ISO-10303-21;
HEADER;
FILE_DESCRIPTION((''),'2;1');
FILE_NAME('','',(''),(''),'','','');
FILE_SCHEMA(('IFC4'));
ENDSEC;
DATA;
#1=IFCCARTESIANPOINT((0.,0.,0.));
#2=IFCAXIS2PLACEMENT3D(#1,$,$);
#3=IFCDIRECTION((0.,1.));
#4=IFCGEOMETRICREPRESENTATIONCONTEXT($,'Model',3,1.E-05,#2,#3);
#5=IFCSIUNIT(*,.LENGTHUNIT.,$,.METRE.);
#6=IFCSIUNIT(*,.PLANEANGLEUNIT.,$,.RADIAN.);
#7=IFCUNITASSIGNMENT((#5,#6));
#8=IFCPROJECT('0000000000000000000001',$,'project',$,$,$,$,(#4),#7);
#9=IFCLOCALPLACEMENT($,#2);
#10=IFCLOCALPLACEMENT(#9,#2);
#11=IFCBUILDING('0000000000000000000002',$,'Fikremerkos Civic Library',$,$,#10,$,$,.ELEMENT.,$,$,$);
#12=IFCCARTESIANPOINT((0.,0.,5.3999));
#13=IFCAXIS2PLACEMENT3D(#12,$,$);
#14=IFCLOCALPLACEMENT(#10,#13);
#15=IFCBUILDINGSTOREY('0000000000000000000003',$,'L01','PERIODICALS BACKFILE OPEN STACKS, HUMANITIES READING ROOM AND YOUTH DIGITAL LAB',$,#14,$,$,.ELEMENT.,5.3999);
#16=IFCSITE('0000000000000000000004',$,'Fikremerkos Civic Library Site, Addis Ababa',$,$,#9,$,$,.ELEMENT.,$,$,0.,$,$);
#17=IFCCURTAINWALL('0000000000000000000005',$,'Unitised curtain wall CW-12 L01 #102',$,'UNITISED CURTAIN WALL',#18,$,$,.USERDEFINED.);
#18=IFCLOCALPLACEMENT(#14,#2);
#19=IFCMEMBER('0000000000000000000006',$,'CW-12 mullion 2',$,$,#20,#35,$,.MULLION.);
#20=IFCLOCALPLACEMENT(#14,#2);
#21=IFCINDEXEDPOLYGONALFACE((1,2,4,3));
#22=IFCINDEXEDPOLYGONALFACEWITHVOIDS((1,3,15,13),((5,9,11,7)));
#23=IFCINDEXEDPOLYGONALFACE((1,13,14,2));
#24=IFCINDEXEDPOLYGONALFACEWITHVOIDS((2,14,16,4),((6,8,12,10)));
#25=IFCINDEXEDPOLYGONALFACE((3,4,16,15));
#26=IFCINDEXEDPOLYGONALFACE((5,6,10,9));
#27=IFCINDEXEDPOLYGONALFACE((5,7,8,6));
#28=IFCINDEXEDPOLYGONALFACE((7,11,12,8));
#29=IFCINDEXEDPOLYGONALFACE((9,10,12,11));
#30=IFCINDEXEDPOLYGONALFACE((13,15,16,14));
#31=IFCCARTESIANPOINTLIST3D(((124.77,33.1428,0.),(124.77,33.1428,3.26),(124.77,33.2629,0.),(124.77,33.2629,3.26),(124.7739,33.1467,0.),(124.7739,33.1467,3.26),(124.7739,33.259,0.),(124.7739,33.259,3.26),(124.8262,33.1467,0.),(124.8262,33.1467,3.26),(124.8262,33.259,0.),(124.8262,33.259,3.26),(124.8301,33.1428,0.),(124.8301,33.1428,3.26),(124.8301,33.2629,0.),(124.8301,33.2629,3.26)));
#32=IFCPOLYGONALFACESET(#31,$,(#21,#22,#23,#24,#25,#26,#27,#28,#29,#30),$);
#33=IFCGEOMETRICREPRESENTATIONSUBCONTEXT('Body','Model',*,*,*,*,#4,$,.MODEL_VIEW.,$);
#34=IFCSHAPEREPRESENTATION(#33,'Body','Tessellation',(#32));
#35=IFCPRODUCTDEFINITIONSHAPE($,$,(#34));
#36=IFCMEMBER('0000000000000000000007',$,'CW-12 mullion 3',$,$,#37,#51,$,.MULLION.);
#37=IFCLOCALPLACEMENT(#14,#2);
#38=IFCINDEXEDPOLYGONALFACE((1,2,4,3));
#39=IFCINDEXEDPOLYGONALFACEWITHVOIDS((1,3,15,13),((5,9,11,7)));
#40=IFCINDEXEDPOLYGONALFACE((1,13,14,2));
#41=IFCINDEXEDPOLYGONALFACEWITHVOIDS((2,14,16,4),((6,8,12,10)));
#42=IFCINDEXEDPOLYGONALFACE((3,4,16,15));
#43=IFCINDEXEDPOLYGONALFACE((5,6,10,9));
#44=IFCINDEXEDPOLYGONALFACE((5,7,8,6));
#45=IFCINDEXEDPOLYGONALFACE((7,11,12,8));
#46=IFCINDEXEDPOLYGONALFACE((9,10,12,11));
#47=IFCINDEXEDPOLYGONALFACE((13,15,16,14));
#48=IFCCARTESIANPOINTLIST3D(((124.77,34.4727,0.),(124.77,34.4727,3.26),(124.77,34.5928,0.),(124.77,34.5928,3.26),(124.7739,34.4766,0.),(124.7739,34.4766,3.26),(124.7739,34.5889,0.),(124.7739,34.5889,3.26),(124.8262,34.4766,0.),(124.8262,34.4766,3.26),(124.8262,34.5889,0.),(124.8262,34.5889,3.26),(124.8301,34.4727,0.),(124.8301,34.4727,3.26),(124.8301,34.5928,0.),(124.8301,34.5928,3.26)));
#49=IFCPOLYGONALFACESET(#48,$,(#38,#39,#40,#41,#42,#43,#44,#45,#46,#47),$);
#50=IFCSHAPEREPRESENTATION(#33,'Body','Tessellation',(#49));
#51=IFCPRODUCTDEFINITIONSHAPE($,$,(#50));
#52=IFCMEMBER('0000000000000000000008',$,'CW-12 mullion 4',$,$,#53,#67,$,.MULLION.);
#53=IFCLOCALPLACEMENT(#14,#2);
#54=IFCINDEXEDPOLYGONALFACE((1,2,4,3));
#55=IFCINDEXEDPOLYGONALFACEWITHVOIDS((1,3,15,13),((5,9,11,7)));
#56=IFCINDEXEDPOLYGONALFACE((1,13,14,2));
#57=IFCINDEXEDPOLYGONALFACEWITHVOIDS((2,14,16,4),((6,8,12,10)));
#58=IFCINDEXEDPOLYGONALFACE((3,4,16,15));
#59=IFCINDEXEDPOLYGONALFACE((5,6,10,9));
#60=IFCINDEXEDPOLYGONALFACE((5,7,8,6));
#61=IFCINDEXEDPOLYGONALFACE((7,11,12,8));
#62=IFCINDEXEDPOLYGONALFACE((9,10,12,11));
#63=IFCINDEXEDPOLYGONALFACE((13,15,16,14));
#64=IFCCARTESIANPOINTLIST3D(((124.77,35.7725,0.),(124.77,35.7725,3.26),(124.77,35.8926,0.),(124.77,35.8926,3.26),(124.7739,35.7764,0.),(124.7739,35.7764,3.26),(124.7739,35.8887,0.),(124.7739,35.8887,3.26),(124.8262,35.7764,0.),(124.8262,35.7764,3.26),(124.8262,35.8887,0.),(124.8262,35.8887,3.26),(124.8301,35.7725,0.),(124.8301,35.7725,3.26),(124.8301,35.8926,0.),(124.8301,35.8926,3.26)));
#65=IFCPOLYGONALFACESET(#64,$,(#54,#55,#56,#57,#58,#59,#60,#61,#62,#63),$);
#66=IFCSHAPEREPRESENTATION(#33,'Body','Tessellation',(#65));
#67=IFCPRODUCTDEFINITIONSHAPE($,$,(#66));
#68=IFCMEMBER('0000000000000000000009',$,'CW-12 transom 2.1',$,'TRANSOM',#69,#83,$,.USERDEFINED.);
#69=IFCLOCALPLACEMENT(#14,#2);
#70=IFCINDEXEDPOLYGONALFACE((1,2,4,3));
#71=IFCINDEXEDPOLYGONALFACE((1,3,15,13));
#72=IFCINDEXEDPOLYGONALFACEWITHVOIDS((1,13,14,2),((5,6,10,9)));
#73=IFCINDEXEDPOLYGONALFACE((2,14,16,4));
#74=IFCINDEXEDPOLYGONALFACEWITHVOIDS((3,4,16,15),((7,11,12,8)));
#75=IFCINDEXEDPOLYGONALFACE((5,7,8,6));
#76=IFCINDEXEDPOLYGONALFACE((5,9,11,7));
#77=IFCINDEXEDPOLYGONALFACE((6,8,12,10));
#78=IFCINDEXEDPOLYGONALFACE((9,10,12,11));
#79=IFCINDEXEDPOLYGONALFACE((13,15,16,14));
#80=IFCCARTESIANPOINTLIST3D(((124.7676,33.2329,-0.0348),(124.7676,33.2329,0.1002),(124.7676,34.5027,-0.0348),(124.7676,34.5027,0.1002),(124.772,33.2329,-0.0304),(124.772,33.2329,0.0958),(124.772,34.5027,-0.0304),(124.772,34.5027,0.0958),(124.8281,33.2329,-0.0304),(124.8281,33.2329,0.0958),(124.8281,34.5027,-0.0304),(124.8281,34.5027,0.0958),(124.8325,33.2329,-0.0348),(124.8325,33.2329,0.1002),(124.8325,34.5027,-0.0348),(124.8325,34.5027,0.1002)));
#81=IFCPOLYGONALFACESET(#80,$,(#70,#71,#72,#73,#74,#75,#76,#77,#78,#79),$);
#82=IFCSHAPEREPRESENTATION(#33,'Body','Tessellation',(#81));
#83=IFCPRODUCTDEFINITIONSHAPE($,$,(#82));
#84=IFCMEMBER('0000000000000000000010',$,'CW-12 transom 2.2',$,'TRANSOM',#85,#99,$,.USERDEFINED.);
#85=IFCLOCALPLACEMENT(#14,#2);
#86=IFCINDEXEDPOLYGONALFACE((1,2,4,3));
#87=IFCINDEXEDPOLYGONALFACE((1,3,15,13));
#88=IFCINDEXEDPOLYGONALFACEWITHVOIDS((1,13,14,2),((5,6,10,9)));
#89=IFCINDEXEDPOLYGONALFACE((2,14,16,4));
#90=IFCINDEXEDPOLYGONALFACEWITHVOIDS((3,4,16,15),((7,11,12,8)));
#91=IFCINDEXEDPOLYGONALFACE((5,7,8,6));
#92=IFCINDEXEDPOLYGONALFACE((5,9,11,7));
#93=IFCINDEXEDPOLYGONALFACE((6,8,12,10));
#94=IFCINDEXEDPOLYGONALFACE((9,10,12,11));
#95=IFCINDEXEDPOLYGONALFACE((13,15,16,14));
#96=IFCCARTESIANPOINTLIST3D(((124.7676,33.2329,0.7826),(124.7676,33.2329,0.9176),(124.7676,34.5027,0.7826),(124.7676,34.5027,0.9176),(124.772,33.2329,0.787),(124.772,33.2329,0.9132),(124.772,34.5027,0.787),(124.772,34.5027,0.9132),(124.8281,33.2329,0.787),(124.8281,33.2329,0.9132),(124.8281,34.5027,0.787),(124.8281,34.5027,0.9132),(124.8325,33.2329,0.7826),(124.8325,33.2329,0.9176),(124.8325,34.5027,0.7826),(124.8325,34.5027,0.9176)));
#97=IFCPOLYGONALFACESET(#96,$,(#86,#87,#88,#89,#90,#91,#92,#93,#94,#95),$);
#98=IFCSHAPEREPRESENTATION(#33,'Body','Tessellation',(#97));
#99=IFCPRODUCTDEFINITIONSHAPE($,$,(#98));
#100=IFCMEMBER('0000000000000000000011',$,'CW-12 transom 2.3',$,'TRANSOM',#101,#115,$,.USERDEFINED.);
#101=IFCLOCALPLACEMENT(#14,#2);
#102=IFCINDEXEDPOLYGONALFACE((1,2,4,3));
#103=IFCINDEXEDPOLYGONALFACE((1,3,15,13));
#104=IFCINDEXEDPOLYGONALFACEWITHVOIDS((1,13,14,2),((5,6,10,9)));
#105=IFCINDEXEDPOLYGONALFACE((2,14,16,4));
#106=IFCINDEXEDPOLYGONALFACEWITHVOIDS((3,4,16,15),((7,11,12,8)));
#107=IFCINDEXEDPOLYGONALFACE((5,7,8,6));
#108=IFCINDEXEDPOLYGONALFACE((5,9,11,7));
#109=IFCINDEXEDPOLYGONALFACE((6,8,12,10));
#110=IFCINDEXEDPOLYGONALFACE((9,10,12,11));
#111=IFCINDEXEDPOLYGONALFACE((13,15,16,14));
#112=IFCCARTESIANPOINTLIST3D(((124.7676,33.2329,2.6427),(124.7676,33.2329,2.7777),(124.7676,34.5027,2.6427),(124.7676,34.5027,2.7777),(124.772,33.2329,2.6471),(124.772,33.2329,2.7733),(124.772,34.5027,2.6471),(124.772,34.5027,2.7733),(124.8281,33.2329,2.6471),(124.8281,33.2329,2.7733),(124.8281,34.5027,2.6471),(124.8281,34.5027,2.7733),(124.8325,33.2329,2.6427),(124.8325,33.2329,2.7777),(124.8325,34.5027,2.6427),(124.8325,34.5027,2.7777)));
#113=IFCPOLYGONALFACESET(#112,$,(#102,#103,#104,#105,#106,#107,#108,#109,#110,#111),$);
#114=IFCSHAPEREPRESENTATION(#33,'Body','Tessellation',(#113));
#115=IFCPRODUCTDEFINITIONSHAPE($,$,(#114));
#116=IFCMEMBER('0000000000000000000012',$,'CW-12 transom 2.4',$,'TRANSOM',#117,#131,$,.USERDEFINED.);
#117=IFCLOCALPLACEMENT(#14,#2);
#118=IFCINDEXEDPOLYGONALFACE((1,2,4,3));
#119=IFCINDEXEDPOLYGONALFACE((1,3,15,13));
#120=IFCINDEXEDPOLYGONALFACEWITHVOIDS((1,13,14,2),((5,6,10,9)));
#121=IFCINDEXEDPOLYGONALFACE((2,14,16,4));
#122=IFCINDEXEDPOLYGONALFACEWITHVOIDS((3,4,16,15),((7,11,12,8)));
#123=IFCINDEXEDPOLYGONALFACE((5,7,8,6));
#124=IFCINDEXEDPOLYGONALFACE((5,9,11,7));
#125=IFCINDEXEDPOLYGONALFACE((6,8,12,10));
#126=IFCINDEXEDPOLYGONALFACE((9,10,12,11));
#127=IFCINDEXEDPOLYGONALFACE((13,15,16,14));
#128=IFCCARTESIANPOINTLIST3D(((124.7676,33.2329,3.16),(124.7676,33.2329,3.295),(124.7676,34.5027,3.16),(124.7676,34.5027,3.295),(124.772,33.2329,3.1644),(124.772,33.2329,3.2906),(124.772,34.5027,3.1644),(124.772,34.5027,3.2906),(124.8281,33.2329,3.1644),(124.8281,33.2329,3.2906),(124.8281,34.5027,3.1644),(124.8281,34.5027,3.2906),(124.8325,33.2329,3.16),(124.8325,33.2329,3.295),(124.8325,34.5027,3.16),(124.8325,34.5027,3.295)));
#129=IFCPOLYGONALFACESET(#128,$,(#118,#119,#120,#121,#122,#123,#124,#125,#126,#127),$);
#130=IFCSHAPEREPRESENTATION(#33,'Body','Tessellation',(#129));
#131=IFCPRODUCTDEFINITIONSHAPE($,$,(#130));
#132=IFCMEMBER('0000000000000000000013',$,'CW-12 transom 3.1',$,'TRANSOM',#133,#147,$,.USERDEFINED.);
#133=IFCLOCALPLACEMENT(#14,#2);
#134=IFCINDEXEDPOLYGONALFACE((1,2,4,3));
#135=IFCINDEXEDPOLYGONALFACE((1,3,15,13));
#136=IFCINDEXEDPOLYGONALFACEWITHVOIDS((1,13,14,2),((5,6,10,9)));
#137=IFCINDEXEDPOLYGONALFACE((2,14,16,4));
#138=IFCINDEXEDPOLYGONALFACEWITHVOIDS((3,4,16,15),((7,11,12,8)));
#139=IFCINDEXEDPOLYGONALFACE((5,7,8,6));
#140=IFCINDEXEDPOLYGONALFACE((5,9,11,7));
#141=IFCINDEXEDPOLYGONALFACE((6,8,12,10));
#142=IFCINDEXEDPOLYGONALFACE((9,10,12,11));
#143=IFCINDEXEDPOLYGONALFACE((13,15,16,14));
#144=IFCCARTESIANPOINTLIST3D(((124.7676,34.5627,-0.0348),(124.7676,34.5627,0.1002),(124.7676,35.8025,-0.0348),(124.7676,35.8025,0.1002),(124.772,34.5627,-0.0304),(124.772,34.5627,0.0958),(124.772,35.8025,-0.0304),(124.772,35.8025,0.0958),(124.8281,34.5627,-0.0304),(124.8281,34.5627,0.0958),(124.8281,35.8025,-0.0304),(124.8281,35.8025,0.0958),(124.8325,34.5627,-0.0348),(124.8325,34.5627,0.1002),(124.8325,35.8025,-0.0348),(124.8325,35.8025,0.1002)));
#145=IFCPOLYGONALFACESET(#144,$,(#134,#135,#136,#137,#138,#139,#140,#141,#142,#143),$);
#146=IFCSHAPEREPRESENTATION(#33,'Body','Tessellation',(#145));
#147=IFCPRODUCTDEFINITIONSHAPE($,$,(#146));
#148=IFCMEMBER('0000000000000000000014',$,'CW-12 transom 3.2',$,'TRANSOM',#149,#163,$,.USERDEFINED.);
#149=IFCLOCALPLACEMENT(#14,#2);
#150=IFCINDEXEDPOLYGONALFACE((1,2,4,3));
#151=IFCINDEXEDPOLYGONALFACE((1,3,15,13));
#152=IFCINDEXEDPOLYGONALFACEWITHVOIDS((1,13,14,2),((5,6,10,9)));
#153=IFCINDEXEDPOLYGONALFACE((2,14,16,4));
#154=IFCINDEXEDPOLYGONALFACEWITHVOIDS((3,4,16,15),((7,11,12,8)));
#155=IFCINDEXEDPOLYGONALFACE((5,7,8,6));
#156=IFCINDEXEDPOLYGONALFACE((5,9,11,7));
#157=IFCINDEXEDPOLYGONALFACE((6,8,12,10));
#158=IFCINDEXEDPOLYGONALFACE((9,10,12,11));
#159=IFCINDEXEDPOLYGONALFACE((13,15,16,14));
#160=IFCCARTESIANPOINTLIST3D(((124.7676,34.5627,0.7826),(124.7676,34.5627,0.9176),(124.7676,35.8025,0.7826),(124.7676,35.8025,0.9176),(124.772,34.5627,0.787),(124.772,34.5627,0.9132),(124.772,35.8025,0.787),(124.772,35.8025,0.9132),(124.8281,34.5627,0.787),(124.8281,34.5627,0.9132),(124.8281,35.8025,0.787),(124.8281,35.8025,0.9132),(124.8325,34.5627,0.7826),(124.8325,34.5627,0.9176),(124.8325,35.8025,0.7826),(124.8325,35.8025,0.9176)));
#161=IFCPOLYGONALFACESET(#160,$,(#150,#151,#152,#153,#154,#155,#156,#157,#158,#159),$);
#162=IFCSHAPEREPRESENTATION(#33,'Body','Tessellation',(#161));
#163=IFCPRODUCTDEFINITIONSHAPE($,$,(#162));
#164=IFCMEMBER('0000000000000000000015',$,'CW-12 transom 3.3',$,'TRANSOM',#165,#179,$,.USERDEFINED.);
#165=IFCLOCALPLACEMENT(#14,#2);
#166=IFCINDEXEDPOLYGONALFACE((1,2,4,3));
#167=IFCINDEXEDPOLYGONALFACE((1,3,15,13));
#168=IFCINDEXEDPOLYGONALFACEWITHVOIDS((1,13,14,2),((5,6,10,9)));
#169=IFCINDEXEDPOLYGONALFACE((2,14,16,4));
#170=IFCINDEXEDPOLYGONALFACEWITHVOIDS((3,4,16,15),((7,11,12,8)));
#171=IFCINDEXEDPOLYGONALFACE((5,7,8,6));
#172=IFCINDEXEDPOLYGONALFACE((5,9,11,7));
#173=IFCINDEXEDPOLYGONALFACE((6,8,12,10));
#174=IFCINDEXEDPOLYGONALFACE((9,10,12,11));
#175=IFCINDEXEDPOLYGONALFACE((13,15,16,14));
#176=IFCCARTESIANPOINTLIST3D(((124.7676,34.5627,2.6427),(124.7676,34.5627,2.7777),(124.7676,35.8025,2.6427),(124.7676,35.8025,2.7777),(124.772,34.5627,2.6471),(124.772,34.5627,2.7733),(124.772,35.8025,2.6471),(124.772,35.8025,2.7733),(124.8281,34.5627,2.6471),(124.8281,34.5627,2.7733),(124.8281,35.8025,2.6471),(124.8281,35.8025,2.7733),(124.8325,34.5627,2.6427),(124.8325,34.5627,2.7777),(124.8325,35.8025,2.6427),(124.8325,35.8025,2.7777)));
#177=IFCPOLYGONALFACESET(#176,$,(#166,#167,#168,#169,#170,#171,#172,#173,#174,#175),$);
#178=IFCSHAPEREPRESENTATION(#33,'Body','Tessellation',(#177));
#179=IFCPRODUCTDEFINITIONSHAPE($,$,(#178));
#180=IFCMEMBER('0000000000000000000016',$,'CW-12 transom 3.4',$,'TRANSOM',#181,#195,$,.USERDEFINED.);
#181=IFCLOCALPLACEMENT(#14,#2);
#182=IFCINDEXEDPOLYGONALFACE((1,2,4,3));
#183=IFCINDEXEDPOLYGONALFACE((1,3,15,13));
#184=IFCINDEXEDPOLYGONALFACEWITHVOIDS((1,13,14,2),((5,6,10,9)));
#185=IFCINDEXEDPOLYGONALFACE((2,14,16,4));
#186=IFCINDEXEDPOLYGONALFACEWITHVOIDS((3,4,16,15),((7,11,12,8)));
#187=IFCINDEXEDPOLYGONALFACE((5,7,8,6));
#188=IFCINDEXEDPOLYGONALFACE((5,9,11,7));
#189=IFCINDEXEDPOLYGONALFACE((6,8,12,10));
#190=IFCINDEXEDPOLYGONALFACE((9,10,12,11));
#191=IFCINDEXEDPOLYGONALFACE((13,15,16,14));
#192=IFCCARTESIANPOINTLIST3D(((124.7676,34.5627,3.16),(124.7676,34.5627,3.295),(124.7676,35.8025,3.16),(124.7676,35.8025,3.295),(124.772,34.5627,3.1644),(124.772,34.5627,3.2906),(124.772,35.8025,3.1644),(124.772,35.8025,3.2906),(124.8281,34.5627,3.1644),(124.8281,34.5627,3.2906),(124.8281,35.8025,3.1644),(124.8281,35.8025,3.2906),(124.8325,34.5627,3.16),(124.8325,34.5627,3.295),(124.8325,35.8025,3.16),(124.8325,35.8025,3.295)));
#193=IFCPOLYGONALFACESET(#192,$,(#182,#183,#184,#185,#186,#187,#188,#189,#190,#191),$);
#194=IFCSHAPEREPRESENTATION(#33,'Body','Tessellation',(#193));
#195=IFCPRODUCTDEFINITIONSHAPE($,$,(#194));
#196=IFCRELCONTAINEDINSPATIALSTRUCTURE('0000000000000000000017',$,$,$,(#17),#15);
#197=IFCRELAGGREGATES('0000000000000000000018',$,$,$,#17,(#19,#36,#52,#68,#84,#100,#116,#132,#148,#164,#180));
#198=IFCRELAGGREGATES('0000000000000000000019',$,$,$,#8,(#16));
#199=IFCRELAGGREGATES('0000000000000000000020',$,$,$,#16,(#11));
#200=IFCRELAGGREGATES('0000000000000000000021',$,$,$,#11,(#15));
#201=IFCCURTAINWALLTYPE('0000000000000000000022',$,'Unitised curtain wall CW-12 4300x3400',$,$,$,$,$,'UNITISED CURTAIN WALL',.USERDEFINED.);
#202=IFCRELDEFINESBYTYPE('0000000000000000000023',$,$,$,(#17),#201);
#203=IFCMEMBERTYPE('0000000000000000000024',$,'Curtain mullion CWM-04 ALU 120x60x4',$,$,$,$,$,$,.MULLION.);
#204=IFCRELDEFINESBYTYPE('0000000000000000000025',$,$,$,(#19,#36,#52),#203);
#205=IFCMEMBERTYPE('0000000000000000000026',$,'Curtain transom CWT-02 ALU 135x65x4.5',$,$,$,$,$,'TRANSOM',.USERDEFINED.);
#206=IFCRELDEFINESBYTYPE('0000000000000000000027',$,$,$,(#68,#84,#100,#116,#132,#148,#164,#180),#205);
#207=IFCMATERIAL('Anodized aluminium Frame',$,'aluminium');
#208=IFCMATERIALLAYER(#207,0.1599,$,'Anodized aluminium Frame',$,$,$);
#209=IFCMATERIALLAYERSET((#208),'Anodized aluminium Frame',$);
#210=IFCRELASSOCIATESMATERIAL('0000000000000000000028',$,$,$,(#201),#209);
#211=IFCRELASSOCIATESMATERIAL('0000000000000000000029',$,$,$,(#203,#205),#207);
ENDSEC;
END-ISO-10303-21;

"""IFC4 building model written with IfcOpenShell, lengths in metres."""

from ifc_helpers import new_model, si_unit, direction, frame, origin, origin_2d, place, context, subcontext, project, spatial, hollow_rectangle, extrude, material, layer, layer_set, material_profile, profile_set, type_object, element, aggregate, save


model = new_model("IFC4")

# Units and contexts
model_context = context("Model", 3, precision=1e-05, world=origin(), true_north=direction((0.0, 1.0)))
body_context = subcontext(model_context, "Body", "Model", "MODEL_VIEW")
ifc_project = project(units=[si_unit("LENGTHUNIT", "METRE"), si_unit("PLANEANGLEUNIT", "RADIAN")], contexts=[model_context])

# Site, building, storey
site_placement = place(None, origin())
site = spatial("IfcSite", under=ifc_project, at=site_placement, Name="Fikremerkos Civic Library Site, Addis Ababa", CompositionType="ELEMENT", RefElevation=0.0)
building_placement = place(site_placement, origin())
building = spatial("IfcBuilding", under=site, at=building_placement, Name="Fikremerkos Civic Library", CompositionType="ELEMENT")
storey_placement = place(building_placement, frame((0.0, 0.0, 5.3999)))
storey = spatial("IfcBuildingStorey", under=building, at=storey_placement, Name="L01", Description="PERIODICALS BACKFILE OPEN STACKS, HUMANITIES READING ROOM AND YOUTH DIGITAL LAB", CompositionType="ELEMENT", Elevation=5.3999)

# Curtain wall, members
ifc_material_1 = material(Name="Anodized aluminium Frame", Category="aluminium")
ifc_layer_1 = layer(ifc_material_1, 0.1599, Name="Anodized aluminium Frame")
ifc_layer_set_1 = layer_set([ifc_layer_1], Name="Anodized aluminium Frame")
curtain_wall_type = type_object("IfcCurtainWallType", Name="Unitised curtain wall CW-12 4300x3400", ElementType="UNITISED CURTAIN WALL", PredefinedType="USERDEFINED", material=ifc_layer_set_1)
curtain_wall_placement = place(storey_placement, origin())
curtain_wall = element("IfcCurtainWall", 1, at=curtain_wall_placement, inside=storey, type_object=curtain_wall_type, Name="Unitised curtain wall CW-12 L01 #102", ObjectType="UNITISED CURTAIN WALL", PredefinedType="USERDEFINED")
ifc_material_profile_1 = material_profile(ifc_material_1, hollow_rectangle(XDim=0.0601, YDim=0.1201, WallThickness=0.0039, at=origin_2d()), Name="ALU 120x60x4")
ifc_profile_set_1 = profile_set([ifc_material_profile_1], Name="Anodized aluminium Frame")
member_type_1 = type_object("IfcMemberType", Name="Curtain mullion CWM-04 ALU 120x60x4", PredefinedType="MULLION", material=ifc_profile_set_1)
member_1_placement = place(storey_placement, frame((124.8, 33.2029, 0.0), z_axis=(0.0, 0.0, 1.0), x_axis=(-1.0, 0.0, 0.0)))
member_1 = element("IfcMember", 2, at=member_1_placement, type_object=member_type_1, Name="CW-12 mullion 2", PredefinedType="MULLION", context=body_context, shape_type="SweptSolid", body=[
    extrude(hollow_rectangle(XDim=0.0601, YDim=0.1201, WallThickness=0.0039, at=origin_2d()), origin(), (0.0, 0.0, 1.0), 3.26),
])
member_2_placement = place(storey_placement, frame((124.8, 34.5327, 0.0), z_axis=(0.0, 0.0, 1.0), x_axis=(-1.0, 0.0, 0.0)))
member_2 = element("IfcMember", 3, at=member_2_placement, type_object=member_type_1, Name="CW-12 mullion 3", PredefinedType="MULLION", context=body_context, shape_type="SweptSolid", body=[
    extrude(hollow_rectangle(XDim=0.0601, YDim=0.1201, WallThickness=0.0039, at=origin_2d()), origin(), (0.0, 0.0, 1.0), 3.26),
])
member_3_placement = place(storey_placement, frame((124.8, 35.8325, 0.0), z_axis=(0.0, 0.0, 1.0), x_axis=(-1.0, 0.0, 0.0)))
member_3 = element("IfcMember", 4, at=member_3_placement, type_object=member_type_1, Name="CW-12 mullion 4", PredefinedType="MULLION", context=body_context, shape_type="SweptSolid", body=[
    extrude(hollow_rectangle(XDim=0.0601, YDim=0.1201, WallThickness=0.0039, at=origin_2d()), origin(), (0.0, 0.0, 1.0), 3.26),
])
ifc_material_profile_2 = material_profile(ifc_material_1, hollow_rectangle(XDim=0.0649, YDim=0.135, WallThickness=0.0044, at=origin_2d()), Name="ALU 135x65x4.5")
ifc_profile_set_2 = profile_set([ifc_material_profile_2], Name="Anodized aluminium Frame")
member_type_2 = type_object("IfcMemberType", Name="Curtain transom CWT-02 ALU 135x65x4.5", ElementType="TRANSOM", PredefinedType="USERDEFINED", material=ifc_profile_set_2)
member_4_placement = place(storey_placement, frame((124.8, 33.2329, 0.0327), z_axis=(0.0, 1.0, 0.0), x_axis=(-1.0, 0.0, 0.0)))
member_4 = element("IfcMember", 5, at=member_4_placement, type_object=member_type_2, Name="CW-12 transom 2.1", ObjectType="TRANSOM", PredefinedType="USERDEFINED", context=body_context, shape_type="SweptSolid", body=[
    extrude(hollow_rectangle(XDim=0.0649, YDim=0.135, WallThickness=0.0044, at=origin_2d()), origin(), (0.0, 0.0, 1.0), 1.2698),
])
member_5_placement = place(storey_placement, frame((124.8, 33.2329, 0.8501), z_axis=(0.0, 1.0, 0.0), x_axis=(-1.0, 0.0, 0.0)))
member_5 = element("IfcMember", 6, at=member_5_placement, type_object=member_type_2, Name="CW-12 transom 2.2", ObjectType="TRANSOM", PredefinedType="USERDEFINED", context=body_context, shape_type="SweptSolid", body=[
    extrude(hollow_rectangle(XDim=0.0649, YDim=0.135, WallThickness=0.0044, at=origin_2d()), origin(), (0.0, 0.0, 1.0), 1.2698),
])
member_6_placement = place(storey_placement, frame((124.8, 33.2329, 2.7102), z_axis=(0.0, 1.0, 0.0), x_axis=(-1.0, 0.0, 0.0)))
member_6 = element("IfcMember", 7, at=member_6_placement, type_object=member_type_2, Name="CW-12 transom 2.3", ObjectType="TRANSOM", PredefinedType="USERDEFINED", context=body_context, shape_type="SweptSolid", body=[
    extrude(hollow_rectangle(XDim=0.0649, YDim=0.135, WallThickness=0.0044, at=origin_2d()), origin(), (0.0, 0.0, 1.0), 1.2698),
])
member_7_placement = place(storey_placement, frame((124.8, 33.2329, 3.2275), z_axis=(0.0, 1.0, 0.0), x_axis=(-1.0, 0.0, 0.0)))
member_7 = element("IfcMember", 8, at=member_7_placement, type_object=member_type_2, Name="CW-12 transom 2.4", ObjectType="TRANSOM", PredefinedType="USERDEFINED", context=body_context, shape_type="SweptSolid", body=[
    extrude(hollow_rectangle(XDim=0.0649, YDim=0.135, WallThickness=0.0044, at=origin_2d()), origin(), (0.0, 0.0, 1.0), 1.2698),
])
member_8_placement = place(storey_placement, frame((124.8, 34.5627, 0.0327), z_axis=(0.0, 1.0, 0.0), x_axis=(-1.0, 0.0, 0.0)))
member_8 = element("IfcMember", 9, at=member_8_placement, type_object=member_type_2, Name="CW-12 transom 3.1", ObjectType="TRANSOM", PredefinedType="USERDEFINED", context=body_context, shape_type="SweptSolid", body=[
    extrude(hollow_rectangle(XDim=0.0649, YDim=0.135, WallThickness=0.0044, at=origin_2d()), origin(), (0.0, 0.0, 1.0), 1.2397),
])
member_9_placement = place(storey_placement, frame((124.8, 34.5627, 0.8501), z_axis=(0.0, 1.0, 0.0), x_axis=(-1.0, 0.0, 0.0)))
member_9 = element("IfcMember", 10, at=member_9_placement, type_object=member_type_2, Name="CW-12 transom 3.2", ObjectType="TRANSOM", PredefinedType="USERDEFINED", context=body_context, shape_type="SweptSolid", body=[
    extrude(hollow_rectangle(XDim=0.0649, YDim=0.135, WallThickness=0.0044, at=origin_2d()), origin(), (0.0, 0.0, 1.0), 1.2397),
])
member_10_placement = place(storey_placement, frame((124.8, 34.5627, 2.7102), z_axis=(0.0, 1.0, 0.0), x_axis=(-1.0, 0.0, 0.0)))
member_10 = element("IfcMember", 11, at=member_10_placement, type_object=member_type_2, Name="CW-12 transom 3.3", ObjectType="TRANSOM", PredefinedType="USERDEFINED", context=body_context, shape_type="SweptSolid", body=[
    extrude(hollow_rectangle(XDim=0.0649, YDim=0.135, WallThickness=0.0044, at=origin_2d()), origin(), (0.0, 0.0, 1.0), 1.2397),
])
member_11_placement = place(storey_placement, frame((124.8, 34.5627, 3.2275), z_axis=(0.0, 1.0, 0.0), x_axis=(-1.0, 0.0, 0.0)))
member_11 = element("IfcMember", 12, at=member_11_placement, type_object=member_type_2, Name="CW-12 transom 3.4", ObjectType="TRANSOM", PredefinedType="USERDEFINED", context=body_context, shape_type="SweptSolid", body=[
    extrude(hollow_rectangle(XDim=0.0649, YDim=0.135, WallThickness=0.0044, at=origin_2d()), origin(), (0.0, 0.0, 1.0), 1.2397),
])
aggregate(curtain_wall, [member_1, member_2, member_3, member_4, member_5, member_6, member_7, member_8, member_9, member_10, member_11])

save(model, "model.ifc")
